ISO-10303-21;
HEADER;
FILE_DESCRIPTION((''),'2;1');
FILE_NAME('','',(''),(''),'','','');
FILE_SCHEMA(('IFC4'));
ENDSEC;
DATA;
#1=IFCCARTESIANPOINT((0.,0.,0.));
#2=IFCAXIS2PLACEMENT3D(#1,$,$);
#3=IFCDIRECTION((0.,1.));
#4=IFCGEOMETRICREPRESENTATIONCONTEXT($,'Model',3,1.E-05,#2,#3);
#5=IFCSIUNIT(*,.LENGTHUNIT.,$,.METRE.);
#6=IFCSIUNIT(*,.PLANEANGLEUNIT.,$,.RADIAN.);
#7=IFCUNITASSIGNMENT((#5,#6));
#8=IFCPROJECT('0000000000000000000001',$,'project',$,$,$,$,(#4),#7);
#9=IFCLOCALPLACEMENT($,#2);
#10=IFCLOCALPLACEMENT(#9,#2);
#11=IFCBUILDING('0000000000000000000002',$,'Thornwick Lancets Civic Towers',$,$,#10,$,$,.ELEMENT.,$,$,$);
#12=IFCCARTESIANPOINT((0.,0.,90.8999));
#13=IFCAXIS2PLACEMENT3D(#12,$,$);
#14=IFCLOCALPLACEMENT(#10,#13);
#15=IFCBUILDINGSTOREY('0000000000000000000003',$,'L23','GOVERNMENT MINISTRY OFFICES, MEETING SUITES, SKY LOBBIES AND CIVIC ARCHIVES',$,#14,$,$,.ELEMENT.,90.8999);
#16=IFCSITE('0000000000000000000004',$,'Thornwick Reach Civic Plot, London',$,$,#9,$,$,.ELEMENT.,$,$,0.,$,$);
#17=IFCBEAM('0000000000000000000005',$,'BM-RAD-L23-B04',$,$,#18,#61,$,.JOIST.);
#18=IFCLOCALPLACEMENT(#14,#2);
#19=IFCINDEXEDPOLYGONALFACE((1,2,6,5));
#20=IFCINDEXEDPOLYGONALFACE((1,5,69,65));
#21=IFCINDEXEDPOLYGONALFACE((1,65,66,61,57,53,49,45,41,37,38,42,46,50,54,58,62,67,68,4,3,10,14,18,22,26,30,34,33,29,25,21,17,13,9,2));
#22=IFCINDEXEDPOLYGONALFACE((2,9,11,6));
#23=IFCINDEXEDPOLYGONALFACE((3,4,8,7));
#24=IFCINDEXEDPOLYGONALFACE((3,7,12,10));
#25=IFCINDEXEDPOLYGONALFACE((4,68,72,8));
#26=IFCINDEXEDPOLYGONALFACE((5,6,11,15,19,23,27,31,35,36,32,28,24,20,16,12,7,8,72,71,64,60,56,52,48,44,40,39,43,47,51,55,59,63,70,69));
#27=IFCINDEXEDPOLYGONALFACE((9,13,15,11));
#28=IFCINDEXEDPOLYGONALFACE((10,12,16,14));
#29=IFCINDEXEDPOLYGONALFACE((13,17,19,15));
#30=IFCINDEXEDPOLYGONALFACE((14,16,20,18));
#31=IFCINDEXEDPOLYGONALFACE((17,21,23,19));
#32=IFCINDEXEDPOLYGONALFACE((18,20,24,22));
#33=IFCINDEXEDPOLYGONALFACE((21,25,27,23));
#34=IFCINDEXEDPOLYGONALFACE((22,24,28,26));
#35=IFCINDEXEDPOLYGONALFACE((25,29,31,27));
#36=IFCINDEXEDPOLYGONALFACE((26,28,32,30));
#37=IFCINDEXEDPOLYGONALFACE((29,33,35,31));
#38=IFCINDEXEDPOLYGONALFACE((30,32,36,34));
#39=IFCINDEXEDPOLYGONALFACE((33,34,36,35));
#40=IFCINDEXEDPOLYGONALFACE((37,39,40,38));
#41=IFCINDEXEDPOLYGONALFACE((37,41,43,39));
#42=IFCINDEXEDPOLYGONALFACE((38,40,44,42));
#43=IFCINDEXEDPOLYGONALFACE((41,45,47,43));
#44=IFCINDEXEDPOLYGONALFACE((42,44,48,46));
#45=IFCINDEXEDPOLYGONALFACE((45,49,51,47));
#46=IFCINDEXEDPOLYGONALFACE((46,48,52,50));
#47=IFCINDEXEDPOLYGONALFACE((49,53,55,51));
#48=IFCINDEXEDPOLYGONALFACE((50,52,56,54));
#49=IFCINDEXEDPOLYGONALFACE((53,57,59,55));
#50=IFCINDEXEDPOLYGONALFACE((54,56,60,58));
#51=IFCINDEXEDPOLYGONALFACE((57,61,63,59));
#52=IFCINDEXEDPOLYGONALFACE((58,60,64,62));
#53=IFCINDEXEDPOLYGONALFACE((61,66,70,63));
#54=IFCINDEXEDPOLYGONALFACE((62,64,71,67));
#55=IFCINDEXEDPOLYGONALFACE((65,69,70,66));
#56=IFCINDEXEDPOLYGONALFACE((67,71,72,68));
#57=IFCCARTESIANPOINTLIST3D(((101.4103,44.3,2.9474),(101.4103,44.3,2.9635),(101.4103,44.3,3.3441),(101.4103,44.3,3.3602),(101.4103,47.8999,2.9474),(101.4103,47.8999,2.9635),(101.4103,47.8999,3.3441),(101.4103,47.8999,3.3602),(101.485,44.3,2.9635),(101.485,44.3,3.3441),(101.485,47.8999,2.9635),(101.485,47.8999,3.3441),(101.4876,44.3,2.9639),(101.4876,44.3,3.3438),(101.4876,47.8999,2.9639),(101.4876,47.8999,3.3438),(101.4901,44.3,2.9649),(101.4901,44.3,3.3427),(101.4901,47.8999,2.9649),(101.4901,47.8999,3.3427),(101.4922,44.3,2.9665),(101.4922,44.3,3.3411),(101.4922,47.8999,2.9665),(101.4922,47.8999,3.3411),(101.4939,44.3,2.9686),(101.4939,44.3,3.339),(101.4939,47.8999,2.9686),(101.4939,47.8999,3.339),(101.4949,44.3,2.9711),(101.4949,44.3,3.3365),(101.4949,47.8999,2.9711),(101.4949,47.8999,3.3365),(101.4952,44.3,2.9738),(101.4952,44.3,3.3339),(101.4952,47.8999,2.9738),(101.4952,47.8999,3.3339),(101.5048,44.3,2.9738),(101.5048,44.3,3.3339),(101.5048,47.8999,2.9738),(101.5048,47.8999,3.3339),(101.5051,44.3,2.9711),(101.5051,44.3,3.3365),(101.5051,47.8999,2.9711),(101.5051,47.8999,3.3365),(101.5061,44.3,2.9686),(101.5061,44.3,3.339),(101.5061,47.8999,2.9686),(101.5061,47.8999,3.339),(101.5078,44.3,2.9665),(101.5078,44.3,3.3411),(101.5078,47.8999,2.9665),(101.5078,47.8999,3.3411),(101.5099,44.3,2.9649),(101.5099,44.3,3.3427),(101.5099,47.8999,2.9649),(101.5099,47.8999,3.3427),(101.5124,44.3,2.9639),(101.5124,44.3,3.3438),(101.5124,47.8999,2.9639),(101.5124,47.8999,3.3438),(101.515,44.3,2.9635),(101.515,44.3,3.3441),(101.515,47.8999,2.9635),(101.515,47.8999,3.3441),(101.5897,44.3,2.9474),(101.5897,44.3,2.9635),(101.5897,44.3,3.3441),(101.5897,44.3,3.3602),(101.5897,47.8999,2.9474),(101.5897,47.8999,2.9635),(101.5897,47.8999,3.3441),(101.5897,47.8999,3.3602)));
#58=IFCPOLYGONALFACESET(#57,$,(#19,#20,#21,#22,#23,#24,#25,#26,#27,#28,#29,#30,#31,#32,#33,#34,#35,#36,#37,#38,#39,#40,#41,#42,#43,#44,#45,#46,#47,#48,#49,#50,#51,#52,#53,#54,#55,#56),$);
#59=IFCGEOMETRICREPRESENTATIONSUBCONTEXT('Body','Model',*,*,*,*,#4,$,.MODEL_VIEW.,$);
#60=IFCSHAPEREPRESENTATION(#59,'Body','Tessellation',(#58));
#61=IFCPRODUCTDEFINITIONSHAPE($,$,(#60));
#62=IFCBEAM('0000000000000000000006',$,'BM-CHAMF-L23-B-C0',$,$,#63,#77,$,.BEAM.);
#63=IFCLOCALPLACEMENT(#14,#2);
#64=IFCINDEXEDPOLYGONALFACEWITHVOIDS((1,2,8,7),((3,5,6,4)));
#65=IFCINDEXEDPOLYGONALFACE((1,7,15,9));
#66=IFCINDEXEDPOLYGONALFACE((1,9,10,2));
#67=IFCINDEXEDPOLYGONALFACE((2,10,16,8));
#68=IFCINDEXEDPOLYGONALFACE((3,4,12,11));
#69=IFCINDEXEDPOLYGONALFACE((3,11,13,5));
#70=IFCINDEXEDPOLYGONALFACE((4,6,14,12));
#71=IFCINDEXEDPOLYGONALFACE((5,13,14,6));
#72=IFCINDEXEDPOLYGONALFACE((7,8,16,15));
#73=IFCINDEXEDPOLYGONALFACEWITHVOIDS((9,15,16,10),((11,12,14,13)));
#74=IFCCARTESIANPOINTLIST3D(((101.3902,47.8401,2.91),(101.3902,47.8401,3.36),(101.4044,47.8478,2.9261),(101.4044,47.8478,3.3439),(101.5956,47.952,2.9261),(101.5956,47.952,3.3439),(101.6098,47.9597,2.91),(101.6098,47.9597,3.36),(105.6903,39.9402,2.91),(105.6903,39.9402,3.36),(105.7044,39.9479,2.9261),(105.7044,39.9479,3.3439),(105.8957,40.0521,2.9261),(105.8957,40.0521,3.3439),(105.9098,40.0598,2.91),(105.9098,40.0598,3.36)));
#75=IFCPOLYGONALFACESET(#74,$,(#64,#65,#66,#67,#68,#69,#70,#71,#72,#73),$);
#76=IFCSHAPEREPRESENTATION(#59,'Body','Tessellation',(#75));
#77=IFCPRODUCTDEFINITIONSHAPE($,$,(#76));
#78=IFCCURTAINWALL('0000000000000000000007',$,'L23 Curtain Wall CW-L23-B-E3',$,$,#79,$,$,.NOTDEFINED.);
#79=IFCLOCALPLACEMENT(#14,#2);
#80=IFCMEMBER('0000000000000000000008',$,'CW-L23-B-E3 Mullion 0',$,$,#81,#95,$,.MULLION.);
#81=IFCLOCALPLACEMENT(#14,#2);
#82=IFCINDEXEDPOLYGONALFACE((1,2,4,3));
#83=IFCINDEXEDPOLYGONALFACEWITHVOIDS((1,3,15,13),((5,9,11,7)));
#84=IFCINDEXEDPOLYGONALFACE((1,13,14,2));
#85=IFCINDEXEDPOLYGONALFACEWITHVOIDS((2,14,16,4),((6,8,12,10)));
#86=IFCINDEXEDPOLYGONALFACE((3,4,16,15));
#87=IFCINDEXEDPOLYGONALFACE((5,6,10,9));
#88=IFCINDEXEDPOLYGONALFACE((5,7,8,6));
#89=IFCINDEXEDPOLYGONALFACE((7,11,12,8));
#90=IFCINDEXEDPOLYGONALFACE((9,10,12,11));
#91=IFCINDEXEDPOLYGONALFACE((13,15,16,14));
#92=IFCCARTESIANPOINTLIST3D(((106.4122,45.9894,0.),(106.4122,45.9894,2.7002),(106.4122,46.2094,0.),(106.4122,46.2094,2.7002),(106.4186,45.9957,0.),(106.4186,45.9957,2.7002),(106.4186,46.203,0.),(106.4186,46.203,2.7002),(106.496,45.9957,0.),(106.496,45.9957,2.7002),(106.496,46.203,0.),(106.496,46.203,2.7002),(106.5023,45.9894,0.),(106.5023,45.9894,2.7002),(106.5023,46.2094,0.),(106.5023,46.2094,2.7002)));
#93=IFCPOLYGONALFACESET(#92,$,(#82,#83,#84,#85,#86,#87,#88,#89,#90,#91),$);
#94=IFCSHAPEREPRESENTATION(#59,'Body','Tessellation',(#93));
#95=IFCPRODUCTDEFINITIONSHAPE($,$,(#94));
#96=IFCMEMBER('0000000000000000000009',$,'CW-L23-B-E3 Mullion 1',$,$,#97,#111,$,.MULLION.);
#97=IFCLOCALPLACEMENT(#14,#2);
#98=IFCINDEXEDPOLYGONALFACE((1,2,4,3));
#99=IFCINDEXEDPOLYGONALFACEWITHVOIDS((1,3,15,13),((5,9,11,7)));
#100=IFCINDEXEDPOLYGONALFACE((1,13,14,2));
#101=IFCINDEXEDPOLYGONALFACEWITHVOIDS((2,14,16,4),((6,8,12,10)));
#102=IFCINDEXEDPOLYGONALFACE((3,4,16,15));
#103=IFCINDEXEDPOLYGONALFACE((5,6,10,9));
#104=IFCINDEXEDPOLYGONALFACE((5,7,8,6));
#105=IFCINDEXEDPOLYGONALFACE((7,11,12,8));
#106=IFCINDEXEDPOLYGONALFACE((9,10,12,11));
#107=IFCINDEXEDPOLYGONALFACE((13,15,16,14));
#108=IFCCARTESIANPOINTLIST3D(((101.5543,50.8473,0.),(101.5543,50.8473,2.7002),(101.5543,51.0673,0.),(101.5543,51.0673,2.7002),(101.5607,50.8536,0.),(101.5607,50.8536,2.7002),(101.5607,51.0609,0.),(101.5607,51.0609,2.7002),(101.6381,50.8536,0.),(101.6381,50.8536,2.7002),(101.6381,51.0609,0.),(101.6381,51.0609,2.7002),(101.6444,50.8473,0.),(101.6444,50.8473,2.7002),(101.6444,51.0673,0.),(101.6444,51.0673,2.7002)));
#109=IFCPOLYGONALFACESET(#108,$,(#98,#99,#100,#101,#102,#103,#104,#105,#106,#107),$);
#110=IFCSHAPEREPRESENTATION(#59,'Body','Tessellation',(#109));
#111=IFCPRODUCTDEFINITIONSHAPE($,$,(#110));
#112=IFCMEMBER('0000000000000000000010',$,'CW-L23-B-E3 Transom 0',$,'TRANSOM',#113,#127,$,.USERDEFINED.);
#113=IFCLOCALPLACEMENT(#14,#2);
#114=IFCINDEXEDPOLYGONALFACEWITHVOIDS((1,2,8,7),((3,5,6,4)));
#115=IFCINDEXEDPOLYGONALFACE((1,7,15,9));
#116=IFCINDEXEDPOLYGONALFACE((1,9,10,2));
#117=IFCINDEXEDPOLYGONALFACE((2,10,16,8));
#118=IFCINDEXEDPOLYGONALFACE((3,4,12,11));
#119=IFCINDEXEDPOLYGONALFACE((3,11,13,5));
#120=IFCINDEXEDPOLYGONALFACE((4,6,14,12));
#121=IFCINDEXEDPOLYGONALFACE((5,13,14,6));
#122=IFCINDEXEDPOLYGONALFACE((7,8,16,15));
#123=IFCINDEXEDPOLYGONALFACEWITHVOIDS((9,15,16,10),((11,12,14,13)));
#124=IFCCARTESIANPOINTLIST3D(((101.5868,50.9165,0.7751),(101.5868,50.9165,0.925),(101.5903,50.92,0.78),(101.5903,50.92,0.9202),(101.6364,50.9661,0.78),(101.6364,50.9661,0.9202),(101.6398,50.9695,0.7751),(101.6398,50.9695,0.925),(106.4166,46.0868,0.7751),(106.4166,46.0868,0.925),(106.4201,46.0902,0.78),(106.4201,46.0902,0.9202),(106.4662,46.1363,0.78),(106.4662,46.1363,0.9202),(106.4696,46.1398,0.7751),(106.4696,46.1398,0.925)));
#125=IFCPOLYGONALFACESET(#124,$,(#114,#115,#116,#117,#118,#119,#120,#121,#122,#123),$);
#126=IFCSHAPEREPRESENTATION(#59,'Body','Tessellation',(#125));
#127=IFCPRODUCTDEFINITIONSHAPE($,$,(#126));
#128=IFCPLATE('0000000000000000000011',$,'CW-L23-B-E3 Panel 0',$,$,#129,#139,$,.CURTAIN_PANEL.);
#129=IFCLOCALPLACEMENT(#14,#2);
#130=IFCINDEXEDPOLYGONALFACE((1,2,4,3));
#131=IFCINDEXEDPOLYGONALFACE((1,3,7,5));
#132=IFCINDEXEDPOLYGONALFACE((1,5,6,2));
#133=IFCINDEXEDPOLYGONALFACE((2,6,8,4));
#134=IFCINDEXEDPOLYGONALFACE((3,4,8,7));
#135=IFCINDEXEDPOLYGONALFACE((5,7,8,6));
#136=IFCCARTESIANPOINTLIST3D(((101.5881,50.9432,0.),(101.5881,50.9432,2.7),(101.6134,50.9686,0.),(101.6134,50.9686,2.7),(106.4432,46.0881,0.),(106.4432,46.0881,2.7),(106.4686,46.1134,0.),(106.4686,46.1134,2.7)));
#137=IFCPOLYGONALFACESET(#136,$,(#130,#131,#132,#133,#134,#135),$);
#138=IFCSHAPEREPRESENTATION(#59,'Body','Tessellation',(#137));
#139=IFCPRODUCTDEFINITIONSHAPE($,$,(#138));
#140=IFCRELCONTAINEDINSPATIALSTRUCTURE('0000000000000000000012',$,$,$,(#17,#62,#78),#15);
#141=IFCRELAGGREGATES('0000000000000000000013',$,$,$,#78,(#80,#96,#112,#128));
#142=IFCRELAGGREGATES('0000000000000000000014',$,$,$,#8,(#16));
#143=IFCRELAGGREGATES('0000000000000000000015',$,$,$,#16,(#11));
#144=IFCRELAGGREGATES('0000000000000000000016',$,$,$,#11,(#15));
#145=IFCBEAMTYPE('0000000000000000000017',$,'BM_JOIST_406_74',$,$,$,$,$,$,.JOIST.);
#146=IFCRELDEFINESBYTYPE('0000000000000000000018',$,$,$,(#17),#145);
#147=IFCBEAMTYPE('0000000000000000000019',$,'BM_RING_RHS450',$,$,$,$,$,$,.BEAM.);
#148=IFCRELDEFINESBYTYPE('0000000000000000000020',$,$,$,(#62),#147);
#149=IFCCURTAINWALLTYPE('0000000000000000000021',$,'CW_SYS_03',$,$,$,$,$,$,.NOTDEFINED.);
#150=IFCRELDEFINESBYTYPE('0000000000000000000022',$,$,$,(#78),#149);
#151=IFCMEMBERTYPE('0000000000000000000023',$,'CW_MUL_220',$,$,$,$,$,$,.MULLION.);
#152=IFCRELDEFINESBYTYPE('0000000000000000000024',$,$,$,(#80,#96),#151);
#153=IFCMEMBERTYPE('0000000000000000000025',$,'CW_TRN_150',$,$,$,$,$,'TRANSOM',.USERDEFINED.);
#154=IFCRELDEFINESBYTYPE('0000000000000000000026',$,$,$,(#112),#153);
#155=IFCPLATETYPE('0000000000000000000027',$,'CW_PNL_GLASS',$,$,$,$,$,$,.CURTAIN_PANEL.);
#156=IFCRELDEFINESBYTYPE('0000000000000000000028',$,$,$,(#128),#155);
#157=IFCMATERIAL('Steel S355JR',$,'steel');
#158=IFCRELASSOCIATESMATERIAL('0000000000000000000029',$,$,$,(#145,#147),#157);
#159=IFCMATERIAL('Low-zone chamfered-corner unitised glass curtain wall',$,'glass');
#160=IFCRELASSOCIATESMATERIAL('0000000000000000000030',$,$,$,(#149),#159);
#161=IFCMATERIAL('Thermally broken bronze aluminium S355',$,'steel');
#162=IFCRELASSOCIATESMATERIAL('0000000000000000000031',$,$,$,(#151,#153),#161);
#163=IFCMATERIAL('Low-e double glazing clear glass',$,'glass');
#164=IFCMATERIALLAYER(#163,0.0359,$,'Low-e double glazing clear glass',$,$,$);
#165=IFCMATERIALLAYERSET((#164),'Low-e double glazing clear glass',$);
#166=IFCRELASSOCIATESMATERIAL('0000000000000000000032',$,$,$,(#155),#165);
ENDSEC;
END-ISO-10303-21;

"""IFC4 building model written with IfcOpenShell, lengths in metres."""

from ifc_helpers import new_model, si_unit, direction, frame, origin, origin_2d, place, context, subcontext, project, spatial, rectangle, hollow_rectangle, i_section, extrude, material, layer, layer_set, material_profile, profile_set, type_object, element, aggregate, save


model = new_model("IFC4")

# Units and contexts
model_context = context("Model", 3, precision=1e-05, world=origin(), true_north=direction((0.0, 1.0)))
body_context = subcontext(model_context, "Body", "Model", "MODEL_VIEW")
ifc_project = project(units=[si_unit("LENGTHUNIT", "METRE"), si_unit("PLANEANGLEUNIT", "RADIAN")], contexts=[model_context])

# Site, building, storey
site_placement = place(None, origin())
site = spatial("IfcSite", under=ifc_project, at=site_placement, Name="Thornwick Reach Civic Plot, London", CompositionType="ELEMENT", RefElevation=0.0)
building_placement = place(site_placement, origin())
building = spatial("IfcBuilding", under=site, at=building_placement, Name="Thornwick Lancets Civic Towers", CompositionType="ELEMENT")
storey_placement = place(building_placement, frame((0.0, 0.0, 90.8999)))
storey = spatial("IfcBuildingStorey", under=building, at=storey_placement, Name="L23", Description="GOVERNMENT MINISTRY OFFICES, MEETING SUITES, SKY LOBBIES AND CIVIC ARCHIVES", CompositionType="ELEMENT", Elevation=90.8999)

# Beams
ifc_material_1 = material(Name="Steel S355JR", Category="steel")
ifc_material_profile_1 = material_profile(ifc_material_1, i_section(OverallWidth=0.1794, OverallDepth=0.4128, WebThickness=0.0095, FlangeThickness=0.0161, FilletRadius=0.0103, at=origin_2d()), Name="UKB 406x178x74")
ifc_profile_set_1 = profile_set([ifc_material_profile_1], Name="Steel S355JR")
beam_type_1 = type_object("IfcBeamType", Name="BM_JOIST_406_74", PredefinedType="JOIST", material=ifc_profile_set_1)
beam_1_placement = place(storey_placement, frame((101.5, 44.3, 3.1538), z_axis=(0.0, 1.0, 0.0), x_axis=(-1.0, 0.0, 0.0)))
element("IfcBeam", 1, at=beam_1_placement, inside=storey, type_object=beam_type_1, Name="BM-RAD-L23-B04", PredefinedType="JOIST", context=body_context, shape_type="SweptSolid", body=[
    extrude(i_section(OverallWidth=0.1794, OverallDepth=0.4128, WebThickness=0.0095, FlangeThickness=0.0161, FilletRadius=0.0103, at=origin_2d()), origin(), (0.0, 0.0, 1.0), 3.5999),
])
ifc_material_profile_2 = material_profile(ifc_material_1, hollow_rectangle(XDim=0.25, YDim=0.45, WallThickness=0.0161, at=origin_2d()), Name="RHS 450x250x16")
ifc_profile_set_2 = profile_set([ifc_material_profile_2], Name="Steel S355JR")
beam_type_2 = type_object("IfcBeamType", Name="BM_RING_RHS450", PredefinedType="BEAM", material=ifc_profile_set_2)
beam_2_placement = place(storey_placement, frame((105.8, 40.0, 3.135), z_axis=(-0.478082, 0.878315, 0.0), x_axis=(-0.878315, -0.478082, 0.0)))
element("IfcBeam", 2, at=beam_2_placement, inside=storey, type_object=beam_type_2, Name="BM-CHAMF-L23-B-C0", PredefinedType="BEAM", context=body_context, shape_type="SweptSolid", body=[
    extrude(hollow_rectangle(XDim=0.25, YDim=0.45, WallThickness=0.0161, at=origin_2d()), origin(), (0.0, 0.0, 1.0), 8.9944),
])

# Curtain wall, members, plate
ifc_material_2 = material(Name="Low-zone chamfered-corner unitised glass curtain wall", Category="glass")
curtain_wall_type = type_object("IfcCurtainWallType", Name="CW_SYS_03", PredefinedType="NOTDEFINED", material=ifc_material_2)
curtain_wall_placement = place(storey_placement, origin())
curtain_wall = element("IfcCurtainWall", 3, at=curtain_wall_placement, inside=storey, type_object=curtain_wall_type, Name="L23 Curtain Wall CW-L23-B-E3", PredefinedType="NOTDEFINED")
ifc_material_3 = material(Name="Thermally broken bronze aluminium S355", Category="steel")
ifc_material_profile_3 = material_profile(ifc_material_3, hollow_rectangle(XDim=0.0901, YDim=0.22, WallThickness=0.0063, at=origin_2d()), Name="RHS 220x90x6.3")
ifc_profile_set_3 = profile_set([ifc_material_profile_3], Name="Thermally broken bronze aluminium S355")
member_type_1 = type_object("IfcMemberType", Name="CW_MUL_220", PredefinedType="MULLION", material=ifc_profile_set_3)
member_1_placement = place(storey_placement, frame((106.4573, 46.0994, 0.0), z_axis=(0.0, 0.0, 1.0), x_axis=(1.0, 0.0, 0.0)))
member_1 = element("IfcMember", 4, at=member_1_placement, type_object=member_type_1, Name="CW-L23-B-E3 Mullion 0", PredefinedType="MULLION", context=body_context, shape_type="SweptSolid", body=[
    extrude(hollow_rectangle(XDim=0.0901, YDim=0.22, WallThickness=0.0063, at=origin_2d()), origin(), (0.0, 0.0, 1.0), 2.7002),
])
member_2_placement = place(storey_placement, frame((101.5994, 50.9573, 0.0), z_axis=(0.0, 0.0, 1.0), x_axis=(1.0, 0.0, 0.0)))
member_2 = element("IfcMember", 5, at=member_2_placement, type_object=member_type_1, Name="CW-L23-B-E3 Mullion 1", PredefinedType="MULLION", context=body_context, shape_type="SweptSolid", body=[
    extrude(hollow_rectangle(XDim=0.0901, YDim=0.22, WallThickness=0.0063, at=origin_2d()), origin(), (0.0, 0.0, 1.0), 2.7002),
])
ifc_material_profile_4 = material_profile(ifc_material_3, hollow_rectangle(XDim=0.075, YDim=0.1499, WallThickness=0.0049, at=origin_2d()), Name="RHS 150x75x5")
ifc_profile_set_4 = profile_set([ifc_material_profile_4], Name="Thermally broken bronze aluminium S355")
member_type_2 = type_object("IfcMemberType", Name="CW_TRN_150", ElementType="TRANSOM", PredefinedType="USERDEFINED", material=ifc_profile_set_4)
member_3_placement = place(storey_placement, frame((106.4431, 46.1133, 0.8501), z_axis=(-0.707107, 0.707107, 0.0), x_axis=(-0.707107, -0.707107, 0.0)))
member_3 = element("IfcMember", 6, at=member_3_placement, type_object=member_type_2, Name="CW-L23-B-E3 Transom 0", ObjectType="TRANSOM", PredefinedType="USERDEFINED", context=body_context, shape_type="SweptSolid", body=[
    extrude(hollow_rectangle(XDim=0.075, YDim=0.1499, WallThickness=0.0049, at=origin_2d()), origin(), (0.0, 0.0, 1.0), 6.8303),
])
ifc_material_4 = material(Name="Low-e double glazing clear glass", Category="glass")
ifc_layer_1 = layer(ifc_material_4, 0.0359, Name="Low-e double glazing clear glass")
ifc_layer_set_1 = layer_set([ifc_layer_1], Name="Low-e double glazing clear glass")
plate_type = type_object("IfcPlateType", Name="CW_PNL_GLASS", PredefinedType="CURTAIN_PANEL", material=ifc_layer_set_1)
plate_placement = place(storey_placement, frame((104.0283, 48.5283, 0.0), z_axis=(0.0, 0.0, 1.0), x_axis=(-0.707107, 0.707107, 0.0)))
plate = element("IfcPlate", 7, at=plate_placement, type_object=plate_type, Name="CW-L23-B-E3 Panel 0", PredefinedType="CURTAIN_PANEL", context=body_context, shape_type="SweptSolid", body=[
    extrude(rectangle(XDim=6.8662, YDim=0.0359, at=origin_2d()), origin(), (0.0, 0.0, 1.0), 2.7),
])
aggregate(curtain_wall, [member_1, member_2, member_3, plate])

save(model, "model.ifc")
